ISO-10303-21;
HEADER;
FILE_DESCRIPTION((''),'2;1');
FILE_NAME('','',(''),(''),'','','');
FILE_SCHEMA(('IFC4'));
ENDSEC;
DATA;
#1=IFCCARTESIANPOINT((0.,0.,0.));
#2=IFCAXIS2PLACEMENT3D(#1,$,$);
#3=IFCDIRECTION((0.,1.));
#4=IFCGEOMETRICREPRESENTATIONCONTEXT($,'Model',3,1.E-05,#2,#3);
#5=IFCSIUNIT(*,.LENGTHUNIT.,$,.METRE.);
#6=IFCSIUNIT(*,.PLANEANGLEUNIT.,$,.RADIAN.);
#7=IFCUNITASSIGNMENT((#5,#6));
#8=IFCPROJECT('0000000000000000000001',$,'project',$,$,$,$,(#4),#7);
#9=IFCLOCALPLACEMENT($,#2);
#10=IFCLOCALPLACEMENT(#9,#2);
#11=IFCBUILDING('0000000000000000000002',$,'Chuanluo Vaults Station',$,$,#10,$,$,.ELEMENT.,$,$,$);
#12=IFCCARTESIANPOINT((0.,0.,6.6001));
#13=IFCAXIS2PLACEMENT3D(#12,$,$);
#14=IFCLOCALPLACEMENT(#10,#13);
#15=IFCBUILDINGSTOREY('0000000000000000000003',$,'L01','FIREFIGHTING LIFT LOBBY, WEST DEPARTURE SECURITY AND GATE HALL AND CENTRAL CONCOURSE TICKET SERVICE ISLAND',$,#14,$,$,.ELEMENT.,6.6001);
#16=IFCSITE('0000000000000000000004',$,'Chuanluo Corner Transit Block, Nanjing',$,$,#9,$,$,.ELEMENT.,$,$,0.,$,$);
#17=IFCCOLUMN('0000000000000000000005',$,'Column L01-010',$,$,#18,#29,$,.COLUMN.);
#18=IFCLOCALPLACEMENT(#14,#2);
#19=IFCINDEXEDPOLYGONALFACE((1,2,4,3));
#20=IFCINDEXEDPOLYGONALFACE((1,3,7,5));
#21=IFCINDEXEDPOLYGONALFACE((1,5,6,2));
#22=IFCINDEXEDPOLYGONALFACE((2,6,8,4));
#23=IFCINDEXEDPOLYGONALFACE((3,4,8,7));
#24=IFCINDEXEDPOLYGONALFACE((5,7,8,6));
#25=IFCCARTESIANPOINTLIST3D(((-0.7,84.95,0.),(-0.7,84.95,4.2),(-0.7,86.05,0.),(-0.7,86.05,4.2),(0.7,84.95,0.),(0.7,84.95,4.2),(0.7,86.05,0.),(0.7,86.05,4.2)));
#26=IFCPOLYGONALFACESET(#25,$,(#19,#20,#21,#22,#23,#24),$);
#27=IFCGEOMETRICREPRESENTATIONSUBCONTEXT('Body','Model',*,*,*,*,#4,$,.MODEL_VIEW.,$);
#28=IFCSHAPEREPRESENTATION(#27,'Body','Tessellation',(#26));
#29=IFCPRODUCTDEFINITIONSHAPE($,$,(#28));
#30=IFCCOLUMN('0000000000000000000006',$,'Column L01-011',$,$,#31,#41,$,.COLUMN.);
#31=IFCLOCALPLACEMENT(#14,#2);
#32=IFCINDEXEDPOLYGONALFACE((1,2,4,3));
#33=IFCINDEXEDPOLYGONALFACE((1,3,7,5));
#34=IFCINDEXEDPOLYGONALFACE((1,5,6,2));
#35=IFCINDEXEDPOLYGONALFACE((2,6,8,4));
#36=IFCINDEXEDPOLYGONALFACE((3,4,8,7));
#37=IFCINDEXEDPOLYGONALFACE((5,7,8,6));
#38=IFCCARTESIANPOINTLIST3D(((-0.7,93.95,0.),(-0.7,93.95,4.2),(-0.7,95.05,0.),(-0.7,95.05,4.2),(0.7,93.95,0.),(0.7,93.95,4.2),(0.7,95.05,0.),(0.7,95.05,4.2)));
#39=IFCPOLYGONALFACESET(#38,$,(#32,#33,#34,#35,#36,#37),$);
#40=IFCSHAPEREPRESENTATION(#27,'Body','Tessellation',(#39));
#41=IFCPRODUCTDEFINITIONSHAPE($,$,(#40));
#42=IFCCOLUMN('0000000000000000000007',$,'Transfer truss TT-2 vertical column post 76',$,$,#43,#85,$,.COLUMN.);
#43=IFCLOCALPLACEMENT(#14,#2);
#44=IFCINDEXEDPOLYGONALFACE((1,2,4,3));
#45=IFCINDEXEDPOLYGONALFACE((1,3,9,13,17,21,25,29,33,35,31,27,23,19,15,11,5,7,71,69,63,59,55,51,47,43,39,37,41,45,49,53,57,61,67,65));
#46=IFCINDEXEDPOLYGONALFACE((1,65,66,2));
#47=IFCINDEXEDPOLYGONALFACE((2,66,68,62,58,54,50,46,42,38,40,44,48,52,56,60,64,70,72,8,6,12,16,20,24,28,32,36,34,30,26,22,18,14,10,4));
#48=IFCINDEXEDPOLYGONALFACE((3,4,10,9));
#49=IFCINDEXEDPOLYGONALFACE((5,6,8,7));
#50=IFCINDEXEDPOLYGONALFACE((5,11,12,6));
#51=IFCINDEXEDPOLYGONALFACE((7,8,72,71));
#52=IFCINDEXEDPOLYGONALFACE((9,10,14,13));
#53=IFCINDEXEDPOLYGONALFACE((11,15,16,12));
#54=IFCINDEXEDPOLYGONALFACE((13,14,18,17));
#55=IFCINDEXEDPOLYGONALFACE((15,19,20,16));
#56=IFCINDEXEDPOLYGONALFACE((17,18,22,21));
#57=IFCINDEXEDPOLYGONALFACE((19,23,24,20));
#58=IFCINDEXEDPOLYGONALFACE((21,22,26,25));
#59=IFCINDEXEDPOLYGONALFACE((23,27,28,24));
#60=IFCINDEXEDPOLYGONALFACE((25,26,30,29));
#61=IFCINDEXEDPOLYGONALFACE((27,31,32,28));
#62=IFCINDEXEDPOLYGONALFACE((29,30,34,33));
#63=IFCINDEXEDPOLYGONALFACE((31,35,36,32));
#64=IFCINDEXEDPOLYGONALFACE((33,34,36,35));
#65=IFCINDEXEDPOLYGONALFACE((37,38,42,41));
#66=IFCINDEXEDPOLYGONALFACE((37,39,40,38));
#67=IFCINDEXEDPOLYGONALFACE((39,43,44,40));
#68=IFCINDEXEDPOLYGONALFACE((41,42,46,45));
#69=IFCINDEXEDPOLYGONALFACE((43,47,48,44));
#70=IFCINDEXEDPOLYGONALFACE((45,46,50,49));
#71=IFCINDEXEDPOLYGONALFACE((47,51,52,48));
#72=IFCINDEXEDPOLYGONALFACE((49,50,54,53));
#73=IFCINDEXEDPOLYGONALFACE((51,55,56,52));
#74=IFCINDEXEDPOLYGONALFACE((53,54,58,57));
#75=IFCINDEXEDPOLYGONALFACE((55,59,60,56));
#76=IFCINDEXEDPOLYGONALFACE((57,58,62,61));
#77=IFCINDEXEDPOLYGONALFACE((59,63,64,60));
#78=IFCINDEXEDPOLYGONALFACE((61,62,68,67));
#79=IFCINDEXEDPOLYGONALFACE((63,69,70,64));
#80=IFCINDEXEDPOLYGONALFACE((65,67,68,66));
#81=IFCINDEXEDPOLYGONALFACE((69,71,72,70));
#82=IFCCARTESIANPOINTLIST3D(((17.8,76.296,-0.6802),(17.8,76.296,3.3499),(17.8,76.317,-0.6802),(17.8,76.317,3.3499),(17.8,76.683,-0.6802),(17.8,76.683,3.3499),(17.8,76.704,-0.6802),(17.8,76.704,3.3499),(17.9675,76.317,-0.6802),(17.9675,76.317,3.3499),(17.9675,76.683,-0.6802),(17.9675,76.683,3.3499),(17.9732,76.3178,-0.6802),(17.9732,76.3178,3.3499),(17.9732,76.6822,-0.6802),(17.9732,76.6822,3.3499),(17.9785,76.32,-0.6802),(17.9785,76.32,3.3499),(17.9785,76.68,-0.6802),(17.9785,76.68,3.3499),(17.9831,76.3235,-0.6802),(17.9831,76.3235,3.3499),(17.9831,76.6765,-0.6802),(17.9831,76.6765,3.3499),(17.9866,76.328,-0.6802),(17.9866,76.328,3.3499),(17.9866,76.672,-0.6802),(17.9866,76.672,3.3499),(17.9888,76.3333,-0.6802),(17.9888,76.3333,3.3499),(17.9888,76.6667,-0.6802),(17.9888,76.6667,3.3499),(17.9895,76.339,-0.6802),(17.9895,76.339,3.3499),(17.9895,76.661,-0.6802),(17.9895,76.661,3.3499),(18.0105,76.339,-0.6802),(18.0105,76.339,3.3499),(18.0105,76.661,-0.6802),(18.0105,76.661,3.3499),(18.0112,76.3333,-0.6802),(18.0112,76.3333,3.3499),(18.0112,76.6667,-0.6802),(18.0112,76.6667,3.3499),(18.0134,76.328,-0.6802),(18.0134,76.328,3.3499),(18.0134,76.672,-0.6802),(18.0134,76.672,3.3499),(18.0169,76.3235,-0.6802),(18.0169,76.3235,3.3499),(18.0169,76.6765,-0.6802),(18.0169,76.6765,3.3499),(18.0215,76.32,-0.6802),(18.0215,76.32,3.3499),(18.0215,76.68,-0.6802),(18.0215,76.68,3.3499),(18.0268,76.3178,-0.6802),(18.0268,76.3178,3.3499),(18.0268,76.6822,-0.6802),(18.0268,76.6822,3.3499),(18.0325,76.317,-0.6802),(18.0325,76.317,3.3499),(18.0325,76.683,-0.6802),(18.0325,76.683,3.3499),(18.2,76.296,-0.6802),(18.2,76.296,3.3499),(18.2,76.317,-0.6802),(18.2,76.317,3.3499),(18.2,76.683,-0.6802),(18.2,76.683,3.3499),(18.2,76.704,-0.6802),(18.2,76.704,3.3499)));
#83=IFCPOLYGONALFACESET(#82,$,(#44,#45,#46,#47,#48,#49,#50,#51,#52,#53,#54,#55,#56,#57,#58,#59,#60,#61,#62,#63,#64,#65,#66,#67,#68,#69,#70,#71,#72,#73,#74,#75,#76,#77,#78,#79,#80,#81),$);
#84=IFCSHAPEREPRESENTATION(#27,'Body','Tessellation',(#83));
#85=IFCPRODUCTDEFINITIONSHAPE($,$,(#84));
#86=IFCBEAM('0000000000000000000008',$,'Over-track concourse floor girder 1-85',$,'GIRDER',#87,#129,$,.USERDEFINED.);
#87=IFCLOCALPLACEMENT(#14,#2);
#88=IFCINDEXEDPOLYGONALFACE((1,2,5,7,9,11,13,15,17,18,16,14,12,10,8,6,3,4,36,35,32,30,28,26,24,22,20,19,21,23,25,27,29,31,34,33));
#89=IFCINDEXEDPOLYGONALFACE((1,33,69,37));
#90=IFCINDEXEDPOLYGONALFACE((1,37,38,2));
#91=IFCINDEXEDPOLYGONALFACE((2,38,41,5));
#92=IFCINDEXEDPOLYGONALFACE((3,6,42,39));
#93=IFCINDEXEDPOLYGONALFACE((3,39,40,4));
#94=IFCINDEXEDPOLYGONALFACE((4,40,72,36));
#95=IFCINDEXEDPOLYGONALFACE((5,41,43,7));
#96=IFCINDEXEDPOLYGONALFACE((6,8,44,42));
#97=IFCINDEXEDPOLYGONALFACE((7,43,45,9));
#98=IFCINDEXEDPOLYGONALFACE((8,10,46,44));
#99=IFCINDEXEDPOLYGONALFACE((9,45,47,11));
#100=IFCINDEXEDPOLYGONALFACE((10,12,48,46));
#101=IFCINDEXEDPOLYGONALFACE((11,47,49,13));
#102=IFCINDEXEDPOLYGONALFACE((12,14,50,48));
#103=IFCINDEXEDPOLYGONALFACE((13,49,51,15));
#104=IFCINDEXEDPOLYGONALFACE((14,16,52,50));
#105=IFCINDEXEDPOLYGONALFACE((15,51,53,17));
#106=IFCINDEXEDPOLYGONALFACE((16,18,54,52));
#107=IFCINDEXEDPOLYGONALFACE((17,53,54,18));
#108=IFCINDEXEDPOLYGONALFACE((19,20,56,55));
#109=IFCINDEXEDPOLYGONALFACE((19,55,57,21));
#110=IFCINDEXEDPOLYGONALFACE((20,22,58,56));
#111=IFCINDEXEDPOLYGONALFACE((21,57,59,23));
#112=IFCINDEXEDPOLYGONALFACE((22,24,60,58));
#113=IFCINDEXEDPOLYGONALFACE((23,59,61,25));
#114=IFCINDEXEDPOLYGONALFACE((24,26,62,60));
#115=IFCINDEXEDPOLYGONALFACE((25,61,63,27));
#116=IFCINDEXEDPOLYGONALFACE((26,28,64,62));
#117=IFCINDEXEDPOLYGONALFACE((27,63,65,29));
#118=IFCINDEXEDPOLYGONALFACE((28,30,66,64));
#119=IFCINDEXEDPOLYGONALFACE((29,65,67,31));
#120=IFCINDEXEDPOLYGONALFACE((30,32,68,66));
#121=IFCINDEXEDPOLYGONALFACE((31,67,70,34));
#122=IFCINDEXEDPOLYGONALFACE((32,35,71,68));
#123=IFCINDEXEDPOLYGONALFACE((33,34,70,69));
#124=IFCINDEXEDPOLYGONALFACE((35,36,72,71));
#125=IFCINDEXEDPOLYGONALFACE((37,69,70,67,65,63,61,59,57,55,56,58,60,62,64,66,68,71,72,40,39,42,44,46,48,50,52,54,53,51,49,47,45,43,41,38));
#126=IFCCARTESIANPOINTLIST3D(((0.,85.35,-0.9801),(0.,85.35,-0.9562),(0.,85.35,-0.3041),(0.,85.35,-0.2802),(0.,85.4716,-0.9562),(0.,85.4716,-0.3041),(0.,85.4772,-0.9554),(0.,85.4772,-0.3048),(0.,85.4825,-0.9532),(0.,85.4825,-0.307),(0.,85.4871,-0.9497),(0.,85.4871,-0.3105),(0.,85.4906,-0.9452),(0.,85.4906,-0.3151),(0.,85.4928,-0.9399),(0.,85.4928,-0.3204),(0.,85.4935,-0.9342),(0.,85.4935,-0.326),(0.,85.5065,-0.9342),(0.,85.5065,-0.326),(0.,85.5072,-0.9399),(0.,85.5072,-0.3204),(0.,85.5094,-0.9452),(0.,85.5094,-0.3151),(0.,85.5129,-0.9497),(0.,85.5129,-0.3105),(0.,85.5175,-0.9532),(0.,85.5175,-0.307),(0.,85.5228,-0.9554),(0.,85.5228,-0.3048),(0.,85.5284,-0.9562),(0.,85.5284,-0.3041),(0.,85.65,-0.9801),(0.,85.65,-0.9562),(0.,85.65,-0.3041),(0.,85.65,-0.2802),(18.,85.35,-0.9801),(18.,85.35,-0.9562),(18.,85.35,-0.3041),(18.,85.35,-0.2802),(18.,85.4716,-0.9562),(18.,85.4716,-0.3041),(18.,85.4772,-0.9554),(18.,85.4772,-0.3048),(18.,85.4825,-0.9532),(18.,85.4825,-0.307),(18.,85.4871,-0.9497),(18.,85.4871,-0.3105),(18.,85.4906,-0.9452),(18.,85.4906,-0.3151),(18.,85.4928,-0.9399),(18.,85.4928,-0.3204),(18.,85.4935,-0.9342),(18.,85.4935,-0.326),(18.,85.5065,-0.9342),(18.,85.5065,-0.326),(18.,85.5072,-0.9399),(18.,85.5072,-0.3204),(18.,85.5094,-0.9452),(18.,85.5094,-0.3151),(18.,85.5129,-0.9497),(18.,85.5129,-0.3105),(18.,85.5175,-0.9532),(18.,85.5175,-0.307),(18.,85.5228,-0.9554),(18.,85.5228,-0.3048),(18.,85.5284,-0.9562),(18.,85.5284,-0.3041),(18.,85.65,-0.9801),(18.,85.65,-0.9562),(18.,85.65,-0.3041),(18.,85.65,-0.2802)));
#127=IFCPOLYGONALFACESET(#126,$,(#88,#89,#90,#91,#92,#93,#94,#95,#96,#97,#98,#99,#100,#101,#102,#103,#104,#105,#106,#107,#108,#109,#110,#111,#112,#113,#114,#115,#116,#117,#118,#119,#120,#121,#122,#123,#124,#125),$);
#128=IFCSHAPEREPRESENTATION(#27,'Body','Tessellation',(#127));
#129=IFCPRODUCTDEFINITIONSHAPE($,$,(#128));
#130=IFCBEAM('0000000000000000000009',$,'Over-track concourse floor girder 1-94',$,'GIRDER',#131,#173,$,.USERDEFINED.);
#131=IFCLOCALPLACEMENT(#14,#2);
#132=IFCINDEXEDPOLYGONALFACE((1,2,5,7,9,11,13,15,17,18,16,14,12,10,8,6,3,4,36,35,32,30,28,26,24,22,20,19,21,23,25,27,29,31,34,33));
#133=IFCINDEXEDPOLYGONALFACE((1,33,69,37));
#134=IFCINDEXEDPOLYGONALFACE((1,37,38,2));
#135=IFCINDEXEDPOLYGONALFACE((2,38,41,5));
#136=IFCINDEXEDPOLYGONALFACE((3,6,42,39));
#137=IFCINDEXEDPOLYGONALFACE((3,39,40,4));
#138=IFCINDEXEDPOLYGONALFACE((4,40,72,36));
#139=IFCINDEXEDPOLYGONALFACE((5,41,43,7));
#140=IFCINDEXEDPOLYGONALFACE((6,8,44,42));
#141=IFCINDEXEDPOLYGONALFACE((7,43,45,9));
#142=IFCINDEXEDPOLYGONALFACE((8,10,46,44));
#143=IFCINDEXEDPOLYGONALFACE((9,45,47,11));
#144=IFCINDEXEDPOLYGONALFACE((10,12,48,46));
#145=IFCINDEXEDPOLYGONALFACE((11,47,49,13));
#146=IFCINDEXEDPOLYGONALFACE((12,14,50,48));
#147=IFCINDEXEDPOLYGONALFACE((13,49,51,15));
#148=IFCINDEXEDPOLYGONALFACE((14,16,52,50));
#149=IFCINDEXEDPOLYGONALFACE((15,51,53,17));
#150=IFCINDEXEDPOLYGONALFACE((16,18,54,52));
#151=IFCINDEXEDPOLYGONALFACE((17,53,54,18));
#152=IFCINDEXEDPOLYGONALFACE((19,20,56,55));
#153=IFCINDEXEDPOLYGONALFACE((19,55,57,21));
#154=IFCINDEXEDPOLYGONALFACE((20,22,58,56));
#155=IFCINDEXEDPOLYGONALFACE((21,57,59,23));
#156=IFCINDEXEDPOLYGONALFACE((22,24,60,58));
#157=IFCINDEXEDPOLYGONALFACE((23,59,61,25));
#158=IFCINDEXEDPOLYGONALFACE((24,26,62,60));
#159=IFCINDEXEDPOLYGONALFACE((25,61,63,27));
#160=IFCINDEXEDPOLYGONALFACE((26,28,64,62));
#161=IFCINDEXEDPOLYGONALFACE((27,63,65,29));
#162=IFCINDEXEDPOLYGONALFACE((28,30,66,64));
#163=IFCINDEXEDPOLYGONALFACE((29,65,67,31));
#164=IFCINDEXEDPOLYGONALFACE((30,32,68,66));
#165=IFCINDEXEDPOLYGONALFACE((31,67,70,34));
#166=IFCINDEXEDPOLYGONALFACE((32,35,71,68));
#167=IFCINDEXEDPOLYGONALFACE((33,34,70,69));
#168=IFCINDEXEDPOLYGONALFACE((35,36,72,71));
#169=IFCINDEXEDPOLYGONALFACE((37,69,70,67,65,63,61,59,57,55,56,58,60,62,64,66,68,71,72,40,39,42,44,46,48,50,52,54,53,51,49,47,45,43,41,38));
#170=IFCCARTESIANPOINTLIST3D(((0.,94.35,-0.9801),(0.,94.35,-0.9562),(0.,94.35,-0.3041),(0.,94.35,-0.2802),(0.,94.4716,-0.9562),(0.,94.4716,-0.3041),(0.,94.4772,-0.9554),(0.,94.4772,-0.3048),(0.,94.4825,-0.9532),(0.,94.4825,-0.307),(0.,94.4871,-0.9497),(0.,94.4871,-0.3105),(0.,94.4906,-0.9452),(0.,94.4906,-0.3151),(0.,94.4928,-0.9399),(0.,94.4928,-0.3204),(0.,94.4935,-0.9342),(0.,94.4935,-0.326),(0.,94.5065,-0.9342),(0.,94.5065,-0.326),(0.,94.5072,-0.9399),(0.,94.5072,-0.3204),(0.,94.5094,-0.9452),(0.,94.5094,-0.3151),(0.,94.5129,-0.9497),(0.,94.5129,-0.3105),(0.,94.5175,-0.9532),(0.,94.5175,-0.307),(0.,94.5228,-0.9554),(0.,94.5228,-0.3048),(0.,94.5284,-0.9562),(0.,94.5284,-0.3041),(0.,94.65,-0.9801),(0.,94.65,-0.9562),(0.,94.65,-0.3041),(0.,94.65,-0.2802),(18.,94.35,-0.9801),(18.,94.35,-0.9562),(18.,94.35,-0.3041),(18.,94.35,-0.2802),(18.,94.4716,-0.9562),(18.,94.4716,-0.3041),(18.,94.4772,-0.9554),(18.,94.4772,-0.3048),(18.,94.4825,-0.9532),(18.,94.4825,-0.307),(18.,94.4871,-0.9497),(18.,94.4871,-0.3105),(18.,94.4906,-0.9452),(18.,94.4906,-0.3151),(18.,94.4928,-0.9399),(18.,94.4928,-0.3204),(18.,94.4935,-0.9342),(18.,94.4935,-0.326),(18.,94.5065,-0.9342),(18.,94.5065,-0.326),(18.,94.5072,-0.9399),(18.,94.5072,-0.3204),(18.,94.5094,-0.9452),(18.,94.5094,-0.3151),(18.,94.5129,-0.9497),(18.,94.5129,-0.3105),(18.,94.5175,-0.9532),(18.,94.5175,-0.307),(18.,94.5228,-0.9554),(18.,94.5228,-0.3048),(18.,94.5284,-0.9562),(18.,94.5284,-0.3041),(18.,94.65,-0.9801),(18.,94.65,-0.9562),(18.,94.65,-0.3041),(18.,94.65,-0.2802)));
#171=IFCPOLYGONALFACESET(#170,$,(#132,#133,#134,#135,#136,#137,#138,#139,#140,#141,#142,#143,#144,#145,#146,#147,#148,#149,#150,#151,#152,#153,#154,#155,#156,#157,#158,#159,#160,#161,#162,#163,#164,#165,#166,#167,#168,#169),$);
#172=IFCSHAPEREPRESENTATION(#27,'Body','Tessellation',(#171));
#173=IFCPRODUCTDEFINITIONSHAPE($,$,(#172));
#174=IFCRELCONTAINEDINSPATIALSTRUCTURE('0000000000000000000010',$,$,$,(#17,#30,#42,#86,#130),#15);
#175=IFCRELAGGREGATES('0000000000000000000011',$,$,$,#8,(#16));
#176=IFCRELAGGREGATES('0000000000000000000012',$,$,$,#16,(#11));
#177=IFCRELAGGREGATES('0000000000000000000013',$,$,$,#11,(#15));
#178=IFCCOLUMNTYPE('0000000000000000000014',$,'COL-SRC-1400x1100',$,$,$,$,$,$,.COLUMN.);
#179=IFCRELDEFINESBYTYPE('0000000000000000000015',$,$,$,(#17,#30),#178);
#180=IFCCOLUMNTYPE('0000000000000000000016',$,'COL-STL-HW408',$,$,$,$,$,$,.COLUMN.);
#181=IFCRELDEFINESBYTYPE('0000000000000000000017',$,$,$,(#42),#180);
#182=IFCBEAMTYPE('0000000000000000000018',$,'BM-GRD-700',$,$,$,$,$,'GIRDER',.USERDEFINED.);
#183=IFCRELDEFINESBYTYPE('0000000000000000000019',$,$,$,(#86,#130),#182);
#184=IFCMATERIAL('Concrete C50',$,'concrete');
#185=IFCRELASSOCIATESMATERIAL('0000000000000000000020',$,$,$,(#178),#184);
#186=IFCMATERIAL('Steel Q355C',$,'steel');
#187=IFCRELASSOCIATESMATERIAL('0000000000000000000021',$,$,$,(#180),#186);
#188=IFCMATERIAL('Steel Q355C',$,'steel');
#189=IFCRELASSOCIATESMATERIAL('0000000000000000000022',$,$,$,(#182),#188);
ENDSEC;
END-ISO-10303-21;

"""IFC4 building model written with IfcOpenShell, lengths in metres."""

from ifc_helpers import new_model, si_unit, direction, frame, origin, origin_2d, place, context, subcontext, project, spatial, rectangle, i_section, extrude, material, material_profile, profile_set, type_object, element, save


model = new_model("IFC4")

# Units and contexts
model_context = context("Model", 3, precision=1e-05, world=origin(), true_north=direction((0.0, 1.0)))
body_context = subcontext(model_context, "Body", "Model", "MODEL_VIEW")
ifc_project = project(units=[si_unit("LENGTHUNIT", "METRE"), si_unit("PLANEANGLEUNIT", "RADIAN")], contexts=[model_context])

# Site, building, storey
site_placement = place(None, origin())
site = spatial("IfcSite", under=ifc_project, at=site_placement, Name="Chuanluo Corner Transit Block, Nanjing", CompositionType="ELEMENT", RefElevation=0.0)
building_placement = place(site_placement, origin())
building = spatial("IfcBuilding", under=site, at=building_placement, Name="Chuanluo Vaults Station", CompositionType="ELEMENT")
storey_placement = place(building_placement, frame((0.0, 0.0, 6.6001)))
storey = spatial("IfcBuildingStorey", under=building, at=storey_placement, Name="L01", Description="FIREFIGHTING LIFT LOBBY, WEST DEPARTURE SECURITY AND GATE HALL AND CENTRAL CONCOURSE TICKET SERVICE ISLAND", CompositionType="ELEMENT", Elevation=6.6001)

# Columns
ifc_material_1 = material(Name="Concrete C50", Category="concrete")
ifc_material_profile_1 = material_profile(ifc_material_1, rectangle(XDim=1.3999, YDim=1.1001, at=origin_2d()))
ifc_profile_set_1 = profile_set([ifc_material_profile_1], Name="Concrete C50")
column_type_1 = type_object("IfcColumnType", Name="COL-SRC-1400x1100", PredefinedType="COLUMN", material=ifc_profile_set_1)
for number, where, z_axis, x_axis, name in (
    (1, (0.0, 85.5, 0.0), (0.0, 0.0, 1.0), (1.0, 0.0, 0.0), "Column L01-010"),
    (2, (0.0, 94.5, 0.0), (0.0, 0.0, 1.0), (1.0, 0.0, 0.0), "Column L01-011"),
):
    element("IfcColumn", number, at=place(storey_placement, frame(where, z_axis=z_axis, x_axis=x_axis)), inside=storey, type_object=column_type_1, Name=name, PredefinedType="COLUMN", context=body_context, shape_type="SweptSolid", body=[
        extrude(rectangle(XDim=1.3999, YDim=1.1001, at=origin_2d()), origin(), (0.0, 0.0, 1.0), 4.2),
    ])
ifc_material_2 = material(Name="Steel Q355C", Category="steel")
ifc_material_profile_2 = material_profile(ifc_material_2, i_section(OverallWidth=0.3999, OverallDepth=0.408, WebThickness=0.021, FlangeThickness=0.021, FilletRadius=0.022, at=origin_2d()))
ifc_profile_set_2 = profile_set([ifc_material_profile_2], Name="Steel Q355C")
column_type_2 = type_object("IfcColumnType", Name="COL-STL-HW408", PredefinedType="COLUMN", material=ifc_profile_set_2)
column_placement = place(storey_placement, frame((18.0, 76.5, -0.6802), z_axis=(0.0, 0.0, 1.0), x_axis=(1.0, 0.0, 0.0)))
element("IfcColumn", 3, at=column_placement, inside=storey, type_object=column_type_2, Name="Transfer truss TT-2 vertical column post 76", PredefinedType="COLUMN", context=body_context, shape_type="SweptSolid", body=[
    extrude(i_section(OverallWidth=0.3999, OverallDepth=0.408, WebThickness=0.021, FlangeThickness=0.021, FilletRadius=0.022, at=origin_2d()), origin(), (0.0, 0.0, 1.0), 4.03),
])

# Beams
ifc_material_3 = material(Name="Steel Q355C", Category="steel")
ifc_material_profile_3 = material_profile(ifc_material_3, i_section(OverallWidth=0.3, OverallDepth=0.7, WebThickness=0.0129, FlangeThickness=0.0239, FilletRadius=0.022, at=origin_2d()))
ifc_profile_set_3 = profile_set([ifc_material_profile_3], Name="Steel Q355C")
beam_type_1 = type_object("IfcBeamType", Name="BM-GRD-700", ElementType="GIRDER", PredefinedType="USERDEFINED", material=ifc_profile_set_3)
for number, where, z_axis, x_axis, name in (
    (4, (0.0, 85.5, -0.6301), (1.0, 0.0, 0.0), (0.0, 1.0, 0.0), "Over-track concourse floor girder 1-85"),
    (5, (0.0, 94.5, -0.6301), (1.0, 0.0, 0.0), (0.0, 1.0, 0.0), "Over-track concourse floor girder 1-94"),
):
    element("IfcBeam", number, at=place(storey_placement, frame(where, z_axis=z_axis, x_axis=x_axis)), inside=storey, type_object=beam_type_1, Name=name, ObjectType="GIRDER", PredefinedType="USERDEFINED", context=body_context, shape_type="SweptSolid", body=[
        extrude(i_section(OverallWidth=0.3, OverallDepth=0.7, WebThickness=0.0129, FlangeThickness=0.0239, FilletRadius=0.022, at=origin_2d()), origin(), (0.0, 0.0, 1.0), 18.0),
    ])

save(model, "model.ifc")
